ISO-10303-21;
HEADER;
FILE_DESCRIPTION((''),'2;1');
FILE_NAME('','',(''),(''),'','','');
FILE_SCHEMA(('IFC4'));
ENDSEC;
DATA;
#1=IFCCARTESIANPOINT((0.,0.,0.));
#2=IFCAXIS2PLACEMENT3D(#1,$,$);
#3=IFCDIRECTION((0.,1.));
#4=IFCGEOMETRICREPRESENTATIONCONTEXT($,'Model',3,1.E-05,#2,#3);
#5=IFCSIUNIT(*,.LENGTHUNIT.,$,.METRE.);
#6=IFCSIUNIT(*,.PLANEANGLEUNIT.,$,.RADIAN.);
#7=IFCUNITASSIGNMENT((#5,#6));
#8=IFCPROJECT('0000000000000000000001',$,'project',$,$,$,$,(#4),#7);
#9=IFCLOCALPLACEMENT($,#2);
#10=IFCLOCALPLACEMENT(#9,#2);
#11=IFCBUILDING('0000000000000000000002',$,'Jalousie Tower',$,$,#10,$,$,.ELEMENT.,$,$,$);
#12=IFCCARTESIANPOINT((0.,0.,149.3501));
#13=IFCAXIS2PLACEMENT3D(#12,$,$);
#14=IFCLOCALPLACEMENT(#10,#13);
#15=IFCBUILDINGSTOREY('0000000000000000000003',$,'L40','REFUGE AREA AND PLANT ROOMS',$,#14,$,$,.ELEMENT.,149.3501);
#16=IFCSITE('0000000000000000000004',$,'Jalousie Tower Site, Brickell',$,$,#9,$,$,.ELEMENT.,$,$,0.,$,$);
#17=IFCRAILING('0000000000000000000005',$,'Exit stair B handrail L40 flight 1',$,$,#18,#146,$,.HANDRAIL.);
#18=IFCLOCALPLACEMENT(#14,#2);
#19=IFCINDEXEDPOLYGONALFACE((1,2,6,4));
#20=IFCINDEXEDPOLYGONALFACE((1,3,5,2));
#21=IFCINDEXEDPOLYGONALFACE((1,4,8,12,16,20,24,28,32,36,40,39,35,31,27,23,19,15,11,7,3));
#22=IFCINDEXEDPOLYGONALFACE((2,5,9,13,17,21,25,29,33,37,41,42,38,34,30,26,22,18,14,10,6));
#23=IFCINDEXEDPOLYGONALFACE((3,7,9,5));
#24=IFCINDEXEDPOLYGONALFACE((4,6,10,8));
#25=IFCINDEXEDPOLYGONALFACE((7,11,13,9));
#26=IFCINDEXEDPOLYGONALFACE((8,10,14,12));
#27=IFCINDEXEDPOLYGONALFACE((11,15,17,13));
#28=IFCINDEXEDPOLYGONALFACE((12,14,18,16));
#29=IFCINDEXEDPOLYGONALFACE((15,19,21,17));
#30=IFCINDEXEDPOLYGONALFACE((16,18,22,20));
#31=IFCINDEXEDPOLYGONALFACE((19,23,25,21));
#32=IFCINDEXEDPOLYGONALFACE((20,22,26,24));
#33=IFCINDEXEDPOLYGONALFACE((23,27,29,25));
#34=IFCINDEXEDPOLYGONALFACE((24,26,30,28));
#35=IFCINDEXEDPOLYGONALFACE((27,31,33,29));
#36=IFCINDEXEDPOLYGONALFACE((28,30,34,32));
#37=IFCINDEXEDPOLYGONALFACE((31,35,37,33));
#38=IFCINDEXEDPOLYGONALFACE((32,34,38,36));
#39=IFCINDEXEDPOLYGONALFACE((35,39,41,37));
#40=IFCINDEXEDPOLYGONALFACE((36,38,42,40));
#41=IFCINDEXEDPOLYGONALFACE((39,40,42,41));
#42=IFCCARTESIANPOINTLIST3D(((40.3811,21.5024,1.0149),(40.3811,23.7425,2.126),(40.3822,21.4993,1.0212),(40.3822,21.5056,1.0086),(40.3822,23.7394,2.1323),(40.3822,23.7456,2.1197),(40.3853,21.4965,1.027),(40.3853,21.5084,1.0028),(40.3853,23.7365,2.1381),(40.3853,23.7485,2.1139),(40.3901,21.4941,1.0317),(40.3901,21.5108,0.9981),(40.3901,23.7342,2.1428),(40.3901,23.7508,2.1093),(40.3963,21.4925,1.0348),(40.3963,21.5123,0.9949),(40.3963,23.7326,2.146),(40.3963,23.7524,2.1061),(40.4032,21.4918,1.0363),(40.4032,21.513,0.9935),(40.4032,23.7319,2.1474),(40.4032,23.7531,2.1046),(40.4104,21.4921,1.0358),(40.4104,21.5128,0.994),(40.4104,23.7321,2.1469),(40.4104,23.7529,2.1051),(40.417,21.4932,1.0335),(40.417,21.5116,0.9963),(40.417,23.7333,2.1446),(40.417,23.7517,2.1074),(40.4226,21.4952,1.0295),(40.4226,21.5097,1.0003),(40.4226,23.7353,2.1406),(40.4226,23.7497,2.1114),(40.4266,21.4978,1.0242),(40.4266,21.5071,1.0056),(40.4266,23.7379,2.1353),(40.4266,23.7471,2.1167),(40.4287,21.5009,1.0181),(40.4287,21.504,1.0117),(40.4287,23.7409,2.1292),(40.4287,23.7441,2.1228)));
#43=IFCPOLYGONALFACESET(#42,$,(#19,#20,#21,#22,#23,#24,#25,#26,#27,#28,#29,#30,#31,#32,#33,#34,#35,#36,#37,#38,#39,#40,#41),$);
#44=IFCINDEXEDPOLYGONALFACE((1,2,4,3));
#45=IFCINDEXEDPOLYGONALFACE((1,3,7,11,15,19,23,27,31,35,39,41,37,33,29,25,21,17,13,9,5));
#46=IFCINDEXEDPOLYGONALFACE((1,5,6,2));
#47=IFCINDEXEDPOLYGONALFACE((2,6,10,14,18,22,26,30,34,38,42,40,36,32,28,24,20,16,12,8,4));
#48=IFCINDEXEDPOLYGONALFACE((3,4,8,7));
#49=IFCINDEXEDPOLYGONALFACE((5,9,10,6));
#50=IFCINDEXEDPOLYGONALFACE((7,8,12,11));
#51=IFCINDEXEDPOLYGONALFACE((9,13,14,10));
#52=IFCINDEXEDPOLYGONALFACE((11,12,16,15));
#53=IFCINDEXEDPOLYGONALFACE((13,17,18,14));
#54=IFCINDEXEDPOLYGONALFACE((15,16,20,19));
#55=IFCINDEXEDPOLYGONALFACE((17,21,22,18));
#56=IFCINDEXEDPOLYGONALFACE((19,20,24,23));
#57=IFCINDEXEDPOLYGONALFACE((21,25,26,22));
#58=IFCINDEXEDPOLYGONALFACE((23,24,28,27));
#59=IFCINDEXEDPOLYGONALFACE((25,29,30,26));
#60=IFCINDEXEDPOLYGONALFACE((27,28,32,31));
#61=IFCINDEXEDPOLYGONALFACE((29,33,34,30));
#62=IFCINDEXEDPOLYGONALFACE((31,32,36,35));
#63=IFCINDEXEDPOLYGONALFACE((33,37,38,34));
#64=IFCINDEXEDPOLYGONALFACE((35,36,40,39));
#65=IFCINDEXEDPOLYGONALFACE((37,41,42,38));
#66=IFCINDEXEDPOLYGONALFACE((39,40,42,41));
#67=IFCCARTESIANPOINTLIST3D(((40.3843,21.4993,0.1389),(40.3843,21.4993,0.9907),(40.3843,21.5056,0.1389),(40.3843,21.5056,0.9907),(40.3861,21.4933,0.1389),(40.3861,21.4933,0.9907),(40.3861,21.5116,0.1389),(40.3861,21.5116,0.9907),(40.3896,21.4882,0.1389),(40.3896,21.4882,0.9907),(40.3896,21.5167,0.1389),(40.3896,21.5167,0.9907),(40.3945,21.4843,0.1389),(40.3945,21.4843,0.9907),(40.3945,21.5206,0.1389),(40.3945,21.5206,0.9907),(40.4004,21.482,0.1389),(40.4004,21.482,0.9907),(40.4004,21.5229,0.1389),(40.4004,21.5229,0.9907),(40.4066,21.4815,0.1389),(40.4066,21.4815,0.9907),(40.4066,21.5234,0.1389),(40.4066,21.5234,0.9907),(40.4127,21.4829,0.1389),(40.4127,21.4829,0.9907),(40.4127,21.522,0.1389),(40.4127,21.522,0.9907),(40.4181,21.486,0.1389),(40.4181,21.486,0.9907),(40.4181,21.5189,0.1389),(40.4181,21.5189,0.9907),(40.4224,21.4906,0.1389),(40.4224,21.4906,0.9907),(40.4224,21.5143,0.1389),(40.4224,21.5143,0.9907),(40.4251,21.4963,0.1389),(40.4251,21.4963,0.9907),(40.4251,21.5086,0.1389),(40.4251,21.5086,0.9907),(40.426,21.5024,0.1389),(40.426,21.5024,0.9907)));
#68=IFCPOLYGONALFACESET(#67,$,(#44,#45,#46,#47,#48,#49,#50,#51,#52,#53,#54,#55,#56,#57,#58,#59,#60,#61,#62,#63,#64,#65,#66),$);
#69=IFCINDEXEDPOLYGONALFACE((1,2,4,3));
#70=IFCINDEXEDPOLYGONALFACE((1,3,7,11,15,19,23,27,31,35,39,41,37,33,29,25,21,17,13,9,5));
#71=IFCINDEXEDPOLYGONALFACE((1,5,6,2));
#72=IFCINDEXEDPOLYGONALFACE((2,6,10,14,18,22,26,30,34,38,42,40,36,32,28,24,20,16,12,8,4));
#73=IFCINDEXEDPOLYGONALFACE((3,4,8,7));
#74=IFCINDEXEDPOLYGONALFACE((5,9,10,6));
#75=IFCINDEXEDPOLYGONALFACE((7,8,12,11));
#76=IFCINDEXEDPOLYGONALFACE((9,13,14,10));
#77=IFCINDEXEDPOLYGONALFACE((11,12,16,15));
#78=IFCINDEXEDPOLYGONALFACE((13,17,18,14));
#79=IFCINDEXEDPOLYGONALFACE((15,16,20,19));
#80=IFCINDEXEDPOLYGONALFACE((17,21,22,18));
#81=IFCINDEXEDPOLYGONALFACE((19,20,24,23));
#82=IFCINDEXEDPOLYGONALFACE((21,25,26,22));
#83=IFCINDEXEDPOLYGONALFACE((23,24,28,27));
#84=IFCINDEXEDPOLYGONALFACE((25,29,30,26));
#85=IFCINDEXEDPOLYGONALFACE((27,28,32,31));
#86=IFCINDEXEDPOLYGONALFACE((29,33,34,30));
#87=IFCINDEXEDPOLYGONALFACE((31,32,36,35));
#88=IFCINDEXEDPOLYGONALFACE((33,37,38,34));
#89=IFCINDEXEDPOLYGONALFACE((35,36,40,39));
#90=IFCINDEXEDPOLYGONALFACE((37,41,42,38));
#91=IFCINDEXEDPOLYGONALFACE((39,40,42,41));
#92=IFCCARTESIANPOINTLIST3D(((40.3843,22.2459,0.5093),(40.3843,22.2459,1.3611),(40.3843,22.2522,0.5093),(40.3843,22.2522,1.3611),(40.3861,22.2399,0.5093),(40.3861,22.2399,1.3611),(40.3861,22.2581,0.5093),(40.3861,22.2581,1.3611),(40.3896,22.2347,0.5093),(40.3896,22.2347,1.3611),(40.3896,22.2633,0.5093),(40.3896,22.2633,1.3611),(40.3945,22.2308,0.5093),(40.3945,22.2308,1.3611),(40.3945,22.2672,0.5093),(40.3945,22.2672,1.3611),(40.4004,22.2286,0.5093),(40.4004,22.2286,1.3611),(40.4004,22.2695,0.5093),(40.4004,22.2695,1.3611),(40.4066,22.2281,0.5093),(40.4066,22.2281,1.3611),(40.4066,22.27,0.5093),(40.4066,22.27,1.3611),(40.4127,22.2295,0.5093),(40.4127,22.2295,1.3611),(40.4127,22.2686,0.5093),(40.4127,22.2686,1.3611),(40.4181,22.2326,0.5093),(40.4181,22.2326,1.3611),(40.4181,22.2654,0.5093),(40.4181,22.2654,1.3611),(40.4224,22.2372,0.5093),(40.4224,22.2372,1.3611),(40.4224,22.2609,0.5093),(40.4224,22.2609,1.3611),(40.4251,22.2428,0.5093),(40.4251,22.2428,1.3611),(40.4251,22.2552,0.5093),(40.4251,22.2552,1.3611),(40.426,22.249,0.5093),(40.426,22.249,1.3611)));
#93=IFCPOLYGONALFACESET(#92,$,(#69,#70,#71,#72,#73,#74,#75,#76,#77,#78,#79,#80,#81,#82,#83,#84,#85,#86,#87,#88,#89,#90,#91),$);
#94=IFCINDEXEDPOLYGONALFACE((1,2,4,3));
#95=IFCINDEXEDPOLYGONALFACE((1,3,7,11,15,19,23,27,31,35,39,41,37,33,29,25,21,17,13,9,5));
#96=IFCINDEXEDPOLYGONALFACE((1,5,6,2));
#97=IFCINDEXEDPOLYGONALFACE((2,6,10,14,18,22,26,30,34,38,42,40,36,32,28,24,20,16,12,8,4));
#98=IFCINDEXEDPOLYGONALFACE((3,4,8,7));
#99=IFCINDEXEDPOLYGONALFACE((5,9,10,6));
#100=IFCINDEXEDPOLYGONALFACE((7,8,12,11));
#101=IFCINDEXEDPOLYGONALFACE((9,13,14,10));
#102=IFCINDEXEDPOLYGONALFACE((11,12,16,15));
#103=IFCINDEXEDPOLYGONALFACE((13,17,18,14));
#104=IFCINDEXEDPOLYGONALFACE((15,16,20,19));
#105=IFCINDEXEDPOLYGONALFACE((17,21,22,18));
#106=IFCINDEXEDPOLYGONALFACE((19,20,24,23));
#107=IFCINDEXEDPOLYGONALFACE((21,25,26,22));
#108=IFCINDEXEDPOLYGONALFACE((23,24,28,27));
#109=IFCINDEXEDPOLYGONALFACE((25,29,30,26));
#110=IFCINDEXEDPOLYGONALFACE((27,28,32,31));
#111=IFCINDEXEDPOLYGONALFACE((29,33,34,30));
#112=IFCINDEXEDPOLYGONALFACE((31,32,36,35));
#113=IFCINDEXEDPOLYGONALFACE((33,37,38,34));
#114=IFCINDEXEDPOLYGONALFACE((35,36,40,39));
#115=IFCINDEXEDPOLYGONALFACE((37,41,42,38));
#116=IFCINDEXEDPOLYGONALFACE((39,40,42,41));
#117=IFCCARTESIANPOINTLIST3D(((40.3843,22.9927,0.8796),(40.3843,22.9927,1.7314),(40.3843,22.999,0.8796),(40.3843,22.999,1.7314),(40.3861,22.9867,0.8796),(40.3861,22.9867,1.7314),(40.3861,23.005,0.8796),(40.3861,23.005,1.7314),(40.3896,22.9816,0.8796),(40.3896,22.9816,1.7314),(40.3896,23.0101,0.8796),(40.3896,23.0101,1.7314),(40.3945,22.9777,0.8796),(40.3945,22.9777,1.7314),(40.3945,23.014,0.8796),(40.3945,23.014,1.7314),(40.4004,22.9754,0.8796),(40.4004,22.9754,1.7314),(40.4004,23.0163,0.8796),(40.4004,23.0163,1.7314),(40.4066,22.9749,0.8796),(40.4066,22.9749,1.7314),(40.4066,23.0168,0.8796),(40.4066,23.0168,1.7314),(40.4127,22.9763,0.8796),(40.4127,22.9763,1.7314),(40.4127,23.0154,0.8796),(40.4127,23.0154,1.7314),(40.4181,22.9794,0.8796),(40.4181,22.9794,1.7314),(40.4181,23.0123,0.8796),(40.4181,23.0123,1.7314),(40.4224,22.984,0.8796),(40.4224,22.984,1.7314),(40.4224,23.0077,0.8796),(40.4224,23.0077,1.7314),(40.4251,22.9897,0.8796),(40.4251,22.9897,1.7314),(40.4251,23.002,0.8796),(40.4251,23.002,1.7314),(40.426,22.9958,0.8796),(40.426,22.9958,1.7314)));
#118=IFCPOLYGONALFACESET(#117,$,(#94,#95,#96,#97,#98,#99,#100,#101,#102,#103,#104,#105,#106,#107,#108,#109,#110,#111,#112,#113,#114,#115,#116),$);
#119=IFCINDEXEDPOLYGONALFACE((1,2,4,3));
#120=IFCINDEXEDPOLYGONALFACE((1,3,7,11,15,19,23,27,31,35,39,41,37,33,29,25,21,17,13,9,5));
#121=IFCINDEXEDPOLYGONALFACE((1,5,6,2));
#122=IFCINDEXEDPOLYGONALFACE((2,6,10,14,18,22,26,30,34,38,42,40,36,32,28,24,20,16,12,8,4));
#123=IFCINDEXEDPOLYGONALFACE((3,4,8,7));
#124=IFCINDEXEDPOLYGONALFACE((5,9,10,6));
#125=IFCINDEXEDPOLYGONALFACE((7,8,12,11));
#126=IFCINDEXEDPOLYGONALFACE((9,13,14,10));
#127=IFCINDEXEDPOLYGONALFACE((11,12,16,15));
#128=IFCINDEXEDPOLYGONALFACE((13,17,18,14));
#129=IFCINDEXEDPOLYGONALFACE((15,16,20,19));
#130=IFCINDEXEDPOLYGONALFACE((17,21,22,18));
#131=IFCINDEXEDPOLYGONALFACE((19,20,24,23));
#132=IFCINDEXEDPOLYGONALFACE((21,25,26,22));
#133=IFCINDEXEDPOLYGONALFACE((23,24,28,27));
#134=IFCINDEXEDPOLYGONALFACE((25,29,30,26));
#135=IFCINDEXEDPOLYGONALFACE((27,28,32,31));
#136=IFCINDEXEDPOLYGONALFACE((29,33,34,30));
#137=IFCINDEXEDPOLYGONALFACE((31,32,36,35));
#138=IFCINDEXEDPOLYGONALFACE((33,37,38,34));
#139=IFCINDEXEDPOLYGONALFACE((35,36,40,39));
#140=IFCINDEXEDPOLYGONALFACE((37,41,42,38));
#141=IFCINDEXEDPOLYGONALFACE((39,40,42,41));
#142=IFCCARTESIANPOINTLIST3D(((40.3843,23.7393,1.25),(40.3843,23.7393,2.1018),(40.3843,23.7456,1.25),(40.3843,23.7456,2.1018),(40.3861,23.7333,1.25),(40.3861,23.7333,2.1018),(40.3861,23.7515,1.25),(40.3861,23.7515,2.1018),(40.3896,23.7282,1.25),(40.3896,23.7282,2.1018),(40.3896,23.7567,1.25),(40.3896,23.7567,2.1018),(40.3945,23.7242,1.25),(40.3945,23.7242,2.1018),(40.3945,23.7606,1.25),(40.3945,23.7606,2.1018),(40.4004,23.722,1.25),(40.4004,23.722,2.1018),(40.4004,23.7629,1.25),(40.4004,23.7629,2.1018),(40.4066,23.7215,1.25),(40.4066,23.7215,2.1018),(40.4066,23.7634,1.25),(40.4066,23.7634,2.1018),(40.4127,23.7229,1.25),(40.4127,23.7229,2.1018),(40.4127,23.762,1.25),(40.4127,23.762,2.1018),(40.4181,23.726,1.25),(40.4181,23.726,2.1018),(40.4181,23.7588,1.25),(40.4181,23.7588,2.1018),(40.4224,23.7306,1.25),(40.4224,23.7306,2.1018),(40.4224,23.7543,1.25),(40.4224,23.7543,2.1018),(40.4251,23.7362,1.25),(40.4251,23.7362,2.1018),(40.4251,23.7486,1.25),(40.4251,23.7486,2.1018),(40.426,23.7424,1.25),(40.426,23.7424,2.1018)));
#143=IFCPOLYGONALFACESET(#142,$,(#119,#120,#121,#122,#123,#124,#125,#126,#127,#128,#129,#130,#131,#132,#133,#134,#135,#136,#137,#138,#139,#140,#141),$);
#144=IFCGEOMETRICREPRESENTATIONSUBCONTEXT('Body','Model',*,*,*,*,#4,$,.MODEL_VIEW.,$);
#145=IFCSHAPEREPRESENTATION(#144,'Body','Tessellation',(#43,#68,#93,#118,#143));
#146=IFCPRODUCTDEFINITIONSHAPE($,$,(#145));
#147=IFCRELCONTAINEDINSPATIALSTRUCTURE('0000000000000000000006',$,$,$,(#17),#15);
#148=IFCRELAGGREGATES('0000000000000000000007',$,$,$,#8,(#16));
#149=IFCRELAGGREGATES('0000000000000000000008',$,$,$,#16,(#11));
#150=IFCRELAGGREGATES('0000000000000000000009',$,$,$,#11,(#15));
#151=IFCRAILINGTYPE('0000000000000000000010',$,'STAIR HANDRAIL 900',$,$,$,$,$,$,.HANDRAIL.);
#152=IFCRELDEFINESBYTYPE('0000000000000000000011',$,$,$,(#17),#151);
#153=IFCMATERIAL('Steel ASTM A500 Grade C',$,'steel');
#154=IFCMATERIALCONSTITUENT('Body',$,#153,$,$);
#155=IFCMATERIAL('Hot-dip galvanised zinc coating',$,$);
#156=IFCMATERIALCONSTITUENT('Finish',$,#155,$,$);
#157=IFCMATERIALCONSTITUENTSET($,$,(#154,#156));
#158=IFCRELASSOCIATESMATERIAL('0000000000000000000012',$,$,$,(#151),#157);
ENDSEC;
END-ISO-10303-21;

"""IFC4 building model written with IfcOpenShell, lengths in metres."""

from ifc_helpers import new_model, si_unit, direction, frame, origin, origin_2d, place, context, subcontext, project, spatial, circle, extrude, material, constituent, constituent_set, type_object, element, save


model = new_model("IFC4")

# Units and contexts
model_context = context("Model", 3, precision=1e-05, world=origin(), true_north=direction((0.0, 1.0)))
body_context = subcontext(model_context, "Body", "Model", "MODEL_VIEW")
ifc_project = project(units=[si_unit("LENGTHUNIT", "METRE"), si_unit("PLANEANGLEUNIT", "RADIAN")], contexts=[model_context])

# Site, building, storey
site_placement = place(None, origin())
site = spatial("IfcSite", under=ifc_project, at=site_placement, Name="Jalousie Tower Site, Brickell", CompositionType="ELEMENT", RefElevation=0.0)
building_placement = place(site_placement, origin())
building = spatial("IfcBuilding", under=site, at=building_placement, Name="Jalousie Tower", CompositionType="ELEMENT")
storey_placement = place(building_placement, frame((0.0, 0.0, 149.3501)))
storey = spatial("IfcBuildingStorey", under=building, at=storey_placement, Name="L40", Description="REFUGE AREA AND PLANT ROOMS", CompositionType="ELEMENT", Elevation=149.3501)

# Railing
ifc_material_1 = material(Name="Steel ASTM A500 Grade C", Category="steel")
ifc_constituent_1 = constituent(ifc_material_1, Name="Body")
ifc_material_2 = material(Name="Hot-dip galvanised zinc coating")
ifc_constituent_2 = constituent(ifc_material_2, Name="Finish")
ifc_constituent_set_1 = constituent_set(constituents=[ifc_constituent_1, ifc_constituent_2])
railing_type_1 = type_object("IfcRailingType", Name="STAIR HANDRAIL 900", PredefinedType="HANDRAIL", material=ifc_constituent_set_1)
for number, where, name in (
    (1, (40.405, 21.5024, 0.1389), "Exit stair B handrail L40 flight 1"),
):
    element("IfcRailing", number, at=place(storey_placement, frame(where)), inside=storey, type_object=railing_type_1, Name=name, PredefinedType="HANDRAIL", context=body_context, shape_type="SweptSolid", body=[
        extrude(circle(Radius=0.0239, at=origin_2d()), frame((0.0, 0.0, 0.876), z_axis=(0.0, 0.895848, 0.44436), x_axis=(-1.0, 0.0, 0.0)), (0.0, 0.0, 1.0), 2.5005),
        extrude(circle(Radius=0.021, at=origin_2d()), origin(), (0.0, 0.0, 1.0), 0.8518),
        extrude(circle(Radius=0.021, at=origin_2d()), frame((0.0, 0.7466, 0.3704)), (0.0, 0.0, 1.0), 0.8518),
        extrude(circle(Radius=0.021, at=origin_2d()), frame((0.0, 1.4934, 0.7407)), (0.0, 0.0, 1.0), 0.8518),
        extrude(circle(Radius=0.021, at=origin_2d()), frame((0.0, 2.24, 1.1111)), (0.0, 0.0, 1.0), 0.8518),
    ])

save(model, "model.ifc")
